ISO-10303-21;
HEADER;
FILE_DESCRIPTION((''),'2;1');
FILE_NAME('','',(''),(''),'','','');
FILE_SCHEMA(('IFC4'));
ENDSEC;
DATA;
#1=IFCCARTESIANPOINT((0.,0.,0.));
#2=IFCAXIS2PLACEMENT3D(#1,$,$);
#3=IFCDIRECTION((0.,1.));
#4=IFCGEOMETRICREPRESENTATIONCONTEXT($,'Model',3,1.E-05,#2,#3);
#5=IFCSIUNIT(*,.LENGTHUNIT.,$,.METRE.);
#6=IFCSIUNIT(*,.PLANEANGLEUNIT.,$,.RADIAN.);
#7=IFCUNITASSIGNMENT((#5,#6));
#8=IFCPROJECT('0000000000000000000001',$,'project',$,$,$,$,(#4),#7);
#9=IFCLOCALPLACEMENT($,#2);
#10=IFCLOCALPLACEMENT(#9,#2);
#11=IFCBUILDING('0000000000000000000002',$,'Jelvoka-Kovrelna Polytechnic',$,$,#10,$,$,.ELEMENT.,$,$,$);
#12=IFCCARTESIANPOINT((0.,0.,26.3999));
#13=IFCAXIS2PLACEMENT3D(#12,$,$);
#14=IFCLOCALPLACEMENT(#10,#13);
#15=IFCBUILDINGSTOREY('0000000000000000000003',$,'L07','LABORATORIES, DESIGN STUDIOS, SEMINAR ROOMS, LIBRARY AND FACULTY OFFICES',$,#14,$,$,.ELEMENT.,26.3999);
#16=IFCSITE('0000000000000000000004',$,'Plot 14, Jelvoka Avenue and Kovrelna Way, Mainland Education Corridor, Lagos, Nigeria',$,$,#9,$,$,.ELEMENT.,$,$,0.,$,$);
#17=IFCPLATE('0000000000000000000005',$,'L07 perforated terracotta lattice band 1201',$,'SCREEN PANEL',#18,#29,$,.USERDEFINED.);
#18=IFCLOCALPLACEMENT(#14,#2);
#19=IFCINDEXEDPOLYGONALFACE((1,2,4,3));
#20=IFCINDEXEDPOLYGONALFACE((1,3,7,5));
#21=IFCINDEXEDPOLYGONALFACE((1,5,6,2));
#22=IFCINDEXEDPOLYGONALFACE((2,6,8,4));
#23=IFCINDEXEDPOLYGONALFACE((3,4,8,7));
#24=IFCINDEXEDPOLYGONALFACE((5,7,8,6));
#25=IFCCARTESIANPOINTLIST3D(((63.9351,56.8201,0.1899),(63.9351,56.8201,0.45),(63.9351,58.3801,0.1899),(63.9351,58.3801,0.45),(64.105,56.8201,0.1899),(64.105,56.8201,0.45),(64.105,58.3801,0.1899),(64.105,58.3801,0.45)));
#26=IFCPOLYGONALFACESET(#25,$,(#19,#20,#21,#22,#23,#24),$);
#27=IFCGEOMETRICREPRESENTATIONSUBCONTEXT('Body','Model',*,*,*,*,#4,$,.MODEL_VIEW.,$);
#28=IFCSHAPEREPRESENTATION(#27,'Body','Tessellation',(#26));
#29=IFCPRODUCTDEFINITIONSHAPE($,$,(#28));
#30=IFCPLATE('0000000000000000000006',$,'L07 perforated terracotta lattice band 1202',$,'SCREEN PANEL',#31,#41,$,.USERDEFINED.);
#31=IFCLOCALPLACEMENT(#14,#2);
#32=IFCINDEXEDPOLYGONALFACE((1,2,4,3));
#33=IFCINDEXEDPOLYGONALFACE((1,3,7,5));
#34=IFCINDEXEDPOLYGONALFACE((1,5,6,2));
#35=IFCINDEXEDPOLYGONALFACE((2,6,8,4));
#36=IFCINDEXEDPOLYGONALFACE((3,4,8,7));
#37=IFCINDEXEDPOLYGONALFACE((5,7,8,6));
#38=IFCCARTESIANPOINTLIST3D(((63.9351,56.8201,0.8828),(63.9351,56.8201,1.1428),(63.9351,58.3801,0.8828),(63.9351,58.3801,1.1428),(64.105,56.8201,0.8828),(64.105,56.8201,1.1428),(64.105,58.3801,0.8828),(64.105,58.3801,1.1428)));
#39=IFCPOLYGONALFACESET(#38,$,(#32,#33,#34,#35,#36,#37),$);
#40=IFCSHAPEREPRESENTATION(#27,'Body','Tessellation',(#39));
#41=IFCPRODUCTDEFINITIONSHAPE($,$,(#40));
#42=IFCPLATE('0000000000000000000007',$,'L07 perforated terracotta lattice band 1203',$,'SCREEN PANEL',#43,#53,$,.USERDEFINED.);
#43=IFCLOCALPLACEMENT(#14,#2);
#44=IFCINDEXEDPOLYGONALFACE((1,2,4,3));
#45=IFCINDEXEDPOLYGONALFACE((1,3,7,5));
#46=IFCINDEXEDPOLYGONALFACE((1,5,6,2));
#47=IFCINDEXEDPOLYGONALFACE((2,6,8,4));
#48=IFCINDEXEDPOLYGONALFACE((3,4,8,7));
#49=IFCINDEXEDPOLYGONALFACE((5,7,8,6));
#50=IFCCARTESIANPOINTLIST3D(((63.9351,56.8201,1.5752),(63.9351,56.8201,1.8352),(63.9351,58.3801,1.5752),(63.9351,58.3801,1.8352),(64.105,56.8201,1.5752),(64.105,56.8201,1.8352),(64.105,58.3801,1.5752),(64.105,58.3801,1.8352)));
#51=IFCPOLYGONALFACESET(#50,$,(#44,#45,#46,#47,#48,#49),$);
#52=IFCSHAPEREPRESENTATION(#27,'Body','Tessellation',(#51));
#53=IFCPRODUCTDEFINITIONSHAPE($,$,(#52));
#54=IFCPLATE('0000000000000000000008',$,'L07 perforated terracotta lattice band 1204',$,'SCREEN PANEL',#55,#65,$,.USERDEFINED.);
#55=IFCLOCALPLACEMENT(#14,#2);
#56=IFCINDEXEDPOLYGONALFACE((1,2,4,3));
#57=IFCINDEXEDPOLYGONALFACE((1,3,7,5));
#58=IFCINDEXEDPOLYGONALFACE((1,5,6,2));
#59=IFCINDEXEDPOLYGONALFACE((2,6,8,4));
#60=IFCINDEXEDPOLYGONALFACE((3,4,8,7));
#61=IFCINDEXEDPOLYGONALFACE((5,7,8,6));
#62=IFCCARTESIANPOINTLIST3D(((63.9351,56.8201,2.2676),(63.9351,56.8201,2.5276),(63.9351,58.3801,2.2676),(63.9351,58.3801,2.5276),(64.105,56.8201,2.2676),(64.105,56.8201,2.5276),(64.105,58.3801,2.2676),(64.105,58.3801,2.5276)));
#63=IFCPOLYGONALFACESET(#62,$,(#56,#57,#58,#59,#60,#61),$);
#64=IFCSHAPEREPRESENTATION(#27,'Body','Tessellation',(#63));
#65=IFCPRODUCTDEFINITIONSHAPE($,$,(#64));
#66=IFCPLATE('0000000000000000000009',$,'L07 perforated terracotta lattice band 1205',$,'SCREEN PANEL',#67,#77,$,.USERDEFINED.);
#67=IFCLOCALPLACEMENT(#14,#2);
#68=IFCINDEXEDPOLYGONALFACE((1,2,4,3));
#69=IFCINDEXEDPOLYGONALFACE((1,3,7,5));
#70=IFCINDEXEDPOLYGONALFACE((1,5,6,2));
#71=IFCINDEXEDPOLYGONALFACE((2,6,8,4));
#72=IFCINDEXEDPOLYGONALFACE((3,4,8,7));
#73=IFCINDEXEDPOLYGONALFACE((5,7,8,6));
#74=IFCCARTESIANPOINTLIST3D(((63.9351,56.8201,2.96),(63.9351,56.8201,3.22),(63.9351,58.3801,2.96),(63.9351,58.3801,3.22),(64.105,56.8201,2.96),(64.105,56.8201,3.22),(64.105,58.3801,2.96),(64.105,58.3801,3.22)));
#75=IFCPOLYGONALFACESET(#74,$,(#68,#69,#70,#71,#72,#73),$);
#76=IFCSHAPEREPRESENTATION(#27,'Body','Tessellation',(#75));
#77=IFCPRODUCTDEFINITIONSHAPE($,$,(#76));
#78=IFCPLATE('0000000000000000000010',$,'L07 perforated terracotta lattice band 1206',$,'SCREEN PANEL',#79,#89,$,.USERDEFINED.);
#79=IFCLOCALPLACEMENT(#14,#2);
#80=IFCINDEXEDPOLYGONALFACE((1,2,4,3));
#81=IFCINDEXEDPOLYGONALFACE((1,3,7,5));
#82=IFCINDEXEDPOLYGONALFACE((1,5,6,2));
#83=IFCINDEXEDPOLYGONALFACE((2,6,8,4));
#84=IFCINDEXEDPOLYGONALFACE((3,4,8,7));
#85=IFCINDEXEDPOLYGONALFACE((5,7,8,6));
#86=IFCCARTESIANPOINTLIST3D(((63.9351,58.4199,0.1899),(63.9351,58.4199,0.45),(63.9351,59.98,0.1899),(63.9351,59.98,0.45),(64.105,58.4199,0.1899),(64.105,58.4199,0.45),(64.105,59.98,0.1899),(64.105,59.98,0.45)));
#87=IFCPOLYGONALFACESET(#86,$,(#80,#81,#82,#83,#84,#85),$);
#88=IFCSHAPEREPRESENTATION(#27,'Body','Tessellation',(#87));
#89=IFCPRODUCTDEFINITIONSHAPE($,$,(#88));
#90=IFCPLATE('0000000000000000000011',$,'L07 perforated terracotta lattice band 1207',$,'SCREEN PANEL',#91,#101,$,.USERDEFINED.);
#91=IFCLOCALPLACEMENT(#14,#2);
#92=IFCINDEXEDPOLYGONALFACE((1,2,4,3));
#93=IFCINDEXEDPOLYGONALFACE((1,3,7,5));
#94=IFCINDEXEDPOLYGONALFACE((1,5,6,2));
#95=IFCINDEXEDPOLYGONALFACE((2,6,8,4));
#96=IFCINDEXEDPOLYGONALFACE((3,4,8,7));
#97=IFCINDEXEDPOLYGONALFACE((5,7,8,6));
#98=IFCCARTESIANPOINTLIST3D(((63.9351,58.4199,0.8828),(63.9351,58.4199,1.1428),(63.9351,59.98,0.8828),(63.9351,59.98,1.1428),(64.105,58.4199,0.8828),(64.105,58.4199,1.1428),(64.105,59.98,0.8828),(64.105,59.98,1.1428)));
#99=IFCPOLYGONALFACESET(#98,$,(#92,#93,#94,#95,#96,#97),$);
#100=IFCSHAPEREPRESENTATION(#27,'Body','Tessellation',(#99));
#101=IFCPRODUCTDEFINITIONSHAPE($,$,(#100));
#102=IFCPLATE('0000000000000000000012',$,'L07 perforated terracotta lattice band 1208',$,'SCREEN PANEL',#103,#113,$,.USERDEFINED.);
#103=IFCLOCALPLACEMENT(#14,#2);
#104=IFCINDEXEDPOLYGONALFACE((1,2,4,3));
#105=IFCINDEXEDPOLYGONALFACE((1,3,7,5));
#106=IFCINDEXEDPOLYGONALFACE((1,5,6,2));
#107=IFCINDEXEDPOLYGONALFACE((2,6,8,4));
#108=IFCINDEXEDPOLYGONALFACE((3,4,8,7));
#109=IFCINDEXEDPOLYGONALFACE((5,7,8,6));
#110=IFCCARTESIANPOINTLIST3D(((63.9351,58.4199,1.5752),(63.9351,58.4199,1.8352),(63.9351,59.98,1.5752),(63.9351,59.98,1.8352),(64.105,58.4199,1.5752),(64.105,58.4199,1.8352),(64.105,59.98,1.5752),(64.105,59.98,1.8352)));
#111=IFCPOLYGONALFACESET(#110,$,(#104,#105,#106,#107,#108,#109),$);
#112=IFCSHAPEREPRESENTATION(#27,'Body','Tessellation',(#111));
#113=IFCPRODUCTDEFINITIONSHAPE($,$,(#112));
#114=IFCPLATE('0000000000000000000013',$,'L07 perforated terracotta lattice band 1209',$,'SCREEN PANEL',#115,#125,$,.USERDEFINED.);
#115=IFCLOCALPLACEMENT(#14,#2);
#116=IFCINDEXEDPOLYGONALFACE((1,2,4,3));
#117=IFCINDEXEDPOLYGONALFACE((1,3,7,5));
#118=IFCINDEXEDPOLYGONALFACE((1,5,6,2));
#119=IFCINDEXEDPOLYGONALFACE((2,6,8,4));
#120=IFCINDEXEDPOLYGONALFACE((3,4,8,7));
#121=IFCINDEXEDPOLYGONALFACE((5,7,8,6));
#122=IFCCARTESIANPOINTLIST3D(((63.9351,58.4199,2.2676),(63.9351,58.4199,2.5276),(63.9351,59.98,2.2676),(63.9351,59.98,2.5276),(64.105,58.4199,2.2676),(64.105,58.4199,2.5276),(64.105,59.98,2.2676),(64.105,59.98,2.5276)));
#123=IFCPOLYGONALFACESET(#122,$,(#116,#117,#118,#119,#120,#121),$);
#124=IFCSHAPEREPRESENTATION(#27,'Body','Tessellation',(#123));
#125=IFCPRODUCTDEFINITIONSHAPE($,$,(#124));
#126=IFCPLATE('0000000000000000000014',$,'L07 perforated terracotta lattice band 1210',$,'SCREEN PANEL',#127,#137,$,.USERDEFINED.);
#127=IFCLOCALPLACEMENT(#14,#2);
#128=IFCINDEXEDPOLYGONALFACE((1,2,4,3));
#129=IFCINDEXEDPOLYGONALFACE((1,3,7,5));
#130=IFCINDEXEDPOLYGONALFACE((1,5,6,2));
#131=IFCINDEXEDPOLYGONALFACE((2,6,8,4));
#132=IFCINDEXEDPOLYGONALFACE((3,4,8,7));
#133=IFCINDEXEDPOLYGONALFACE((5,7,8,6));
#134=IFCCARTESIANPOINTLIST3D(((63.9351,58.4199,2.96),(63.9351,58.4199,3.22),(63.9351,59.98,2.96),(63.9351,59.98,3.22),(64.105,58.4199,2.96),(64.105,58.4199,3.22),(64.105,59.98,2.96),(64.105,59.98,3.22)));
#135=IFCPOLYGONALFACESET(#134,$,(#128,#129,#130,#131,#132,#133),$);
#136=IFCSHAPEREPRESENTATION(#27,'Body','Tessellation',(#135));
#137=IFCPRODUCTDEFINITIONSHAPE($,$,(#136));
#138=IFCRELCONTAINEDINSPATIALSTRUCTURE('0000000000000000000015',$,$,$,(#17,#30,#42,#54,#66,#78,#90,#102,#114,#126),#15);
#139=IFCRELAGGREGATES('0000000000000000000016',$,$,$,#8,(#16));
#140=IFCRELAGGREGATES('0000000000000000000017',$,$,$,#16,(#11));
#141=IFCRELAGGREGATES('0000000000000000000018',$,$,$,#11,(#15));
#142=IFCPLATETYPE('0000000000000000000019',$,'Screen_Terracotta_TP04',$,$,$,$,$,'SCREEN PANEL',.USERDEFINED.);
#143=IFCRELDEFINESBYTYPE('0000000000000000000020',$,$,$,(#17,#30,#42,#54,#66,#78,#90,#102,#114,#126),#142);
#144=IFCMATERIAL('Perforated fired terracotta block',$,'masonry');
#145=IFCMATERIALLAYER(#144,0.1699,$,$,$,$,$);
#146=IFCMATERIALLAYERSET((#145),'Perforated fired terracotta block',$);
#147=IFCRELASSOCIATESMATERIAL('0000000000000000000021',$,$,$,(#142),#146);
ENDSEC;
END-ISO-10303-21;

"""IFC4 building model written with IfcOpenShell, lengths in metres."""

from ifc_helpers import new_model, si_unit, direction, frame, origin, origin_2d, place, context, subcontext, project, spatial, rectangle, extrude, material, layer, layer_set, type_object, element, save


model = new_model("IFC4")

# Units and contexts
model_context = context("Model", 3, precision=1e-05, world=origin(), true_north=direction((0.0, 1.0)))
body_context = subcontext(model_context, "Body", "Model", "MODEL_VIEW")
ifc_project = project(units=[si_unit("LENGTHUNIT", "METRE"), si_unit("PLANEANGLEUNIT", "RADIAN")], contexts=[model_context])

# Site, building, storey
site_placement = place(None, origin())
site = spatial("IfcSite", under=ifc_project, at=site_placement, Name="Plot 14, Jelvoka Avenue and Kovrelna Way, Mainland Education Corridor, Lagos, Nigeria", CompositionType="ELEMENT", RefElevation=0.0)
building_placement = place(site_placement, origin())
building = spatial("IfcBuilding", under=site, at=building_placement, Name="Jelvoka-Kovrelna Polytechnic", CompositionType="ELEMENT")
storey_placement = place(building_placement, frame((0.0, 0.0, 26.3999)))
storey = spatial("IfcBuildingStorey", under=building, at=storey_placement, Name="L07", Description="LABORATORIES, DESIGN STUDIOS, SEMINAR ROOMS, LIBRARY AND FACULTY OFFICES", CompositionType="ELEMENT", Elevation=26.3999)

# Plates
ifc_material_1 = material(Name="Perforated fired terracotta block", Category="masonry")
ifc_layer = layer(ifc_material_1, 0.1699)
ifc_layer_set = layer_set([ifc_layer], Name="Perforated fired terracotta block")
plate_type = type_object("IfcPlateType", Name="Screen_Terracotta_TP04", ElementType="SCREEN PANEL", PredefinedType="USERDEFINED", material=ifc_layer_set)
for number, where, z_axis, x_axis, name in (
    (1, (64.02, 57.6001, 0.1899), (0.0, 0.0, 1.0), (0.0, 1.0, 0.0), "L07 perforated terracotta lattice band 1201"),
    (2, (64.02, 57.6001, 0.8828), (0.0, 0.0, 1.0), (0.0, 1.0, 0.0), "L07 perforated terracotta lattice band 1202"),
    (3, (64.02, 57.6001, 1.5752), (0.0, 0.0, 1.0), (0.0, 1.0, 0.0), "L07 perforated terracotta lattice band 1203"),
    (4, (64.02, 57.6001, 2.2676), (0.0, 0.0, 1.0), (0.0, 1.0, 0.0), "L07 perforated terracotta lattice band 1204"),
    (5, (64.02, 57.6001, 2.96), (0.0, 0.0, 1.0), (0.0, 1.0, 0.0), "L07 perforated terracotta lattice band 1205"),
    (6, (64.02, 59.2, 0.1899), (0.0, 0.0, 1.0), (0.0, 1.0, 0.0), "L07 perforated terracotta lattice band 1206"),
    (7, (64.02, 59.2, 0.8828), (0.0, 0.0, 1.0), (0.0, 1.0, 0.0), "L07 perforated terracotta lattice band 1207"),
    (8, (64.02, 59.2, 1.5752), (0.0, 0.0, 1.0), (0.0, 1.0, 0.0), "L07 perforated terracotta lattice band 1208"),
    (9, (64.02, 59.2, 2.2676), (0.0, 0.0, 1.0), (0.0, 1.0, 0.0), "L07 perforated terracotta lattice band 1209"),
    (10, (64.02, 59.2, 2.96), (0.0, 0.0, 1.0), (0.0, 1.0, 0.0), "L07 perforated terracotta lattice band 1210"),
):
    element("IfcPlate", number, at=place(storey_placement, frame(where, z_axis=z_axis, x_axis=x_axis)), inside=storey, type_object=plate_type, Name=name, ObjectType="SCREEN PANEL", PredefinedType="USERDEFINED", context=body_context, shape_type="SweptSolid", body=[
        extrude(rectangle(XDim=1.5601, YDim=0.1699, at=origin_2d()), origin(), (0.0, 0.0, 1.0), 0.26),
    ])

save(model, "model.ifc")
